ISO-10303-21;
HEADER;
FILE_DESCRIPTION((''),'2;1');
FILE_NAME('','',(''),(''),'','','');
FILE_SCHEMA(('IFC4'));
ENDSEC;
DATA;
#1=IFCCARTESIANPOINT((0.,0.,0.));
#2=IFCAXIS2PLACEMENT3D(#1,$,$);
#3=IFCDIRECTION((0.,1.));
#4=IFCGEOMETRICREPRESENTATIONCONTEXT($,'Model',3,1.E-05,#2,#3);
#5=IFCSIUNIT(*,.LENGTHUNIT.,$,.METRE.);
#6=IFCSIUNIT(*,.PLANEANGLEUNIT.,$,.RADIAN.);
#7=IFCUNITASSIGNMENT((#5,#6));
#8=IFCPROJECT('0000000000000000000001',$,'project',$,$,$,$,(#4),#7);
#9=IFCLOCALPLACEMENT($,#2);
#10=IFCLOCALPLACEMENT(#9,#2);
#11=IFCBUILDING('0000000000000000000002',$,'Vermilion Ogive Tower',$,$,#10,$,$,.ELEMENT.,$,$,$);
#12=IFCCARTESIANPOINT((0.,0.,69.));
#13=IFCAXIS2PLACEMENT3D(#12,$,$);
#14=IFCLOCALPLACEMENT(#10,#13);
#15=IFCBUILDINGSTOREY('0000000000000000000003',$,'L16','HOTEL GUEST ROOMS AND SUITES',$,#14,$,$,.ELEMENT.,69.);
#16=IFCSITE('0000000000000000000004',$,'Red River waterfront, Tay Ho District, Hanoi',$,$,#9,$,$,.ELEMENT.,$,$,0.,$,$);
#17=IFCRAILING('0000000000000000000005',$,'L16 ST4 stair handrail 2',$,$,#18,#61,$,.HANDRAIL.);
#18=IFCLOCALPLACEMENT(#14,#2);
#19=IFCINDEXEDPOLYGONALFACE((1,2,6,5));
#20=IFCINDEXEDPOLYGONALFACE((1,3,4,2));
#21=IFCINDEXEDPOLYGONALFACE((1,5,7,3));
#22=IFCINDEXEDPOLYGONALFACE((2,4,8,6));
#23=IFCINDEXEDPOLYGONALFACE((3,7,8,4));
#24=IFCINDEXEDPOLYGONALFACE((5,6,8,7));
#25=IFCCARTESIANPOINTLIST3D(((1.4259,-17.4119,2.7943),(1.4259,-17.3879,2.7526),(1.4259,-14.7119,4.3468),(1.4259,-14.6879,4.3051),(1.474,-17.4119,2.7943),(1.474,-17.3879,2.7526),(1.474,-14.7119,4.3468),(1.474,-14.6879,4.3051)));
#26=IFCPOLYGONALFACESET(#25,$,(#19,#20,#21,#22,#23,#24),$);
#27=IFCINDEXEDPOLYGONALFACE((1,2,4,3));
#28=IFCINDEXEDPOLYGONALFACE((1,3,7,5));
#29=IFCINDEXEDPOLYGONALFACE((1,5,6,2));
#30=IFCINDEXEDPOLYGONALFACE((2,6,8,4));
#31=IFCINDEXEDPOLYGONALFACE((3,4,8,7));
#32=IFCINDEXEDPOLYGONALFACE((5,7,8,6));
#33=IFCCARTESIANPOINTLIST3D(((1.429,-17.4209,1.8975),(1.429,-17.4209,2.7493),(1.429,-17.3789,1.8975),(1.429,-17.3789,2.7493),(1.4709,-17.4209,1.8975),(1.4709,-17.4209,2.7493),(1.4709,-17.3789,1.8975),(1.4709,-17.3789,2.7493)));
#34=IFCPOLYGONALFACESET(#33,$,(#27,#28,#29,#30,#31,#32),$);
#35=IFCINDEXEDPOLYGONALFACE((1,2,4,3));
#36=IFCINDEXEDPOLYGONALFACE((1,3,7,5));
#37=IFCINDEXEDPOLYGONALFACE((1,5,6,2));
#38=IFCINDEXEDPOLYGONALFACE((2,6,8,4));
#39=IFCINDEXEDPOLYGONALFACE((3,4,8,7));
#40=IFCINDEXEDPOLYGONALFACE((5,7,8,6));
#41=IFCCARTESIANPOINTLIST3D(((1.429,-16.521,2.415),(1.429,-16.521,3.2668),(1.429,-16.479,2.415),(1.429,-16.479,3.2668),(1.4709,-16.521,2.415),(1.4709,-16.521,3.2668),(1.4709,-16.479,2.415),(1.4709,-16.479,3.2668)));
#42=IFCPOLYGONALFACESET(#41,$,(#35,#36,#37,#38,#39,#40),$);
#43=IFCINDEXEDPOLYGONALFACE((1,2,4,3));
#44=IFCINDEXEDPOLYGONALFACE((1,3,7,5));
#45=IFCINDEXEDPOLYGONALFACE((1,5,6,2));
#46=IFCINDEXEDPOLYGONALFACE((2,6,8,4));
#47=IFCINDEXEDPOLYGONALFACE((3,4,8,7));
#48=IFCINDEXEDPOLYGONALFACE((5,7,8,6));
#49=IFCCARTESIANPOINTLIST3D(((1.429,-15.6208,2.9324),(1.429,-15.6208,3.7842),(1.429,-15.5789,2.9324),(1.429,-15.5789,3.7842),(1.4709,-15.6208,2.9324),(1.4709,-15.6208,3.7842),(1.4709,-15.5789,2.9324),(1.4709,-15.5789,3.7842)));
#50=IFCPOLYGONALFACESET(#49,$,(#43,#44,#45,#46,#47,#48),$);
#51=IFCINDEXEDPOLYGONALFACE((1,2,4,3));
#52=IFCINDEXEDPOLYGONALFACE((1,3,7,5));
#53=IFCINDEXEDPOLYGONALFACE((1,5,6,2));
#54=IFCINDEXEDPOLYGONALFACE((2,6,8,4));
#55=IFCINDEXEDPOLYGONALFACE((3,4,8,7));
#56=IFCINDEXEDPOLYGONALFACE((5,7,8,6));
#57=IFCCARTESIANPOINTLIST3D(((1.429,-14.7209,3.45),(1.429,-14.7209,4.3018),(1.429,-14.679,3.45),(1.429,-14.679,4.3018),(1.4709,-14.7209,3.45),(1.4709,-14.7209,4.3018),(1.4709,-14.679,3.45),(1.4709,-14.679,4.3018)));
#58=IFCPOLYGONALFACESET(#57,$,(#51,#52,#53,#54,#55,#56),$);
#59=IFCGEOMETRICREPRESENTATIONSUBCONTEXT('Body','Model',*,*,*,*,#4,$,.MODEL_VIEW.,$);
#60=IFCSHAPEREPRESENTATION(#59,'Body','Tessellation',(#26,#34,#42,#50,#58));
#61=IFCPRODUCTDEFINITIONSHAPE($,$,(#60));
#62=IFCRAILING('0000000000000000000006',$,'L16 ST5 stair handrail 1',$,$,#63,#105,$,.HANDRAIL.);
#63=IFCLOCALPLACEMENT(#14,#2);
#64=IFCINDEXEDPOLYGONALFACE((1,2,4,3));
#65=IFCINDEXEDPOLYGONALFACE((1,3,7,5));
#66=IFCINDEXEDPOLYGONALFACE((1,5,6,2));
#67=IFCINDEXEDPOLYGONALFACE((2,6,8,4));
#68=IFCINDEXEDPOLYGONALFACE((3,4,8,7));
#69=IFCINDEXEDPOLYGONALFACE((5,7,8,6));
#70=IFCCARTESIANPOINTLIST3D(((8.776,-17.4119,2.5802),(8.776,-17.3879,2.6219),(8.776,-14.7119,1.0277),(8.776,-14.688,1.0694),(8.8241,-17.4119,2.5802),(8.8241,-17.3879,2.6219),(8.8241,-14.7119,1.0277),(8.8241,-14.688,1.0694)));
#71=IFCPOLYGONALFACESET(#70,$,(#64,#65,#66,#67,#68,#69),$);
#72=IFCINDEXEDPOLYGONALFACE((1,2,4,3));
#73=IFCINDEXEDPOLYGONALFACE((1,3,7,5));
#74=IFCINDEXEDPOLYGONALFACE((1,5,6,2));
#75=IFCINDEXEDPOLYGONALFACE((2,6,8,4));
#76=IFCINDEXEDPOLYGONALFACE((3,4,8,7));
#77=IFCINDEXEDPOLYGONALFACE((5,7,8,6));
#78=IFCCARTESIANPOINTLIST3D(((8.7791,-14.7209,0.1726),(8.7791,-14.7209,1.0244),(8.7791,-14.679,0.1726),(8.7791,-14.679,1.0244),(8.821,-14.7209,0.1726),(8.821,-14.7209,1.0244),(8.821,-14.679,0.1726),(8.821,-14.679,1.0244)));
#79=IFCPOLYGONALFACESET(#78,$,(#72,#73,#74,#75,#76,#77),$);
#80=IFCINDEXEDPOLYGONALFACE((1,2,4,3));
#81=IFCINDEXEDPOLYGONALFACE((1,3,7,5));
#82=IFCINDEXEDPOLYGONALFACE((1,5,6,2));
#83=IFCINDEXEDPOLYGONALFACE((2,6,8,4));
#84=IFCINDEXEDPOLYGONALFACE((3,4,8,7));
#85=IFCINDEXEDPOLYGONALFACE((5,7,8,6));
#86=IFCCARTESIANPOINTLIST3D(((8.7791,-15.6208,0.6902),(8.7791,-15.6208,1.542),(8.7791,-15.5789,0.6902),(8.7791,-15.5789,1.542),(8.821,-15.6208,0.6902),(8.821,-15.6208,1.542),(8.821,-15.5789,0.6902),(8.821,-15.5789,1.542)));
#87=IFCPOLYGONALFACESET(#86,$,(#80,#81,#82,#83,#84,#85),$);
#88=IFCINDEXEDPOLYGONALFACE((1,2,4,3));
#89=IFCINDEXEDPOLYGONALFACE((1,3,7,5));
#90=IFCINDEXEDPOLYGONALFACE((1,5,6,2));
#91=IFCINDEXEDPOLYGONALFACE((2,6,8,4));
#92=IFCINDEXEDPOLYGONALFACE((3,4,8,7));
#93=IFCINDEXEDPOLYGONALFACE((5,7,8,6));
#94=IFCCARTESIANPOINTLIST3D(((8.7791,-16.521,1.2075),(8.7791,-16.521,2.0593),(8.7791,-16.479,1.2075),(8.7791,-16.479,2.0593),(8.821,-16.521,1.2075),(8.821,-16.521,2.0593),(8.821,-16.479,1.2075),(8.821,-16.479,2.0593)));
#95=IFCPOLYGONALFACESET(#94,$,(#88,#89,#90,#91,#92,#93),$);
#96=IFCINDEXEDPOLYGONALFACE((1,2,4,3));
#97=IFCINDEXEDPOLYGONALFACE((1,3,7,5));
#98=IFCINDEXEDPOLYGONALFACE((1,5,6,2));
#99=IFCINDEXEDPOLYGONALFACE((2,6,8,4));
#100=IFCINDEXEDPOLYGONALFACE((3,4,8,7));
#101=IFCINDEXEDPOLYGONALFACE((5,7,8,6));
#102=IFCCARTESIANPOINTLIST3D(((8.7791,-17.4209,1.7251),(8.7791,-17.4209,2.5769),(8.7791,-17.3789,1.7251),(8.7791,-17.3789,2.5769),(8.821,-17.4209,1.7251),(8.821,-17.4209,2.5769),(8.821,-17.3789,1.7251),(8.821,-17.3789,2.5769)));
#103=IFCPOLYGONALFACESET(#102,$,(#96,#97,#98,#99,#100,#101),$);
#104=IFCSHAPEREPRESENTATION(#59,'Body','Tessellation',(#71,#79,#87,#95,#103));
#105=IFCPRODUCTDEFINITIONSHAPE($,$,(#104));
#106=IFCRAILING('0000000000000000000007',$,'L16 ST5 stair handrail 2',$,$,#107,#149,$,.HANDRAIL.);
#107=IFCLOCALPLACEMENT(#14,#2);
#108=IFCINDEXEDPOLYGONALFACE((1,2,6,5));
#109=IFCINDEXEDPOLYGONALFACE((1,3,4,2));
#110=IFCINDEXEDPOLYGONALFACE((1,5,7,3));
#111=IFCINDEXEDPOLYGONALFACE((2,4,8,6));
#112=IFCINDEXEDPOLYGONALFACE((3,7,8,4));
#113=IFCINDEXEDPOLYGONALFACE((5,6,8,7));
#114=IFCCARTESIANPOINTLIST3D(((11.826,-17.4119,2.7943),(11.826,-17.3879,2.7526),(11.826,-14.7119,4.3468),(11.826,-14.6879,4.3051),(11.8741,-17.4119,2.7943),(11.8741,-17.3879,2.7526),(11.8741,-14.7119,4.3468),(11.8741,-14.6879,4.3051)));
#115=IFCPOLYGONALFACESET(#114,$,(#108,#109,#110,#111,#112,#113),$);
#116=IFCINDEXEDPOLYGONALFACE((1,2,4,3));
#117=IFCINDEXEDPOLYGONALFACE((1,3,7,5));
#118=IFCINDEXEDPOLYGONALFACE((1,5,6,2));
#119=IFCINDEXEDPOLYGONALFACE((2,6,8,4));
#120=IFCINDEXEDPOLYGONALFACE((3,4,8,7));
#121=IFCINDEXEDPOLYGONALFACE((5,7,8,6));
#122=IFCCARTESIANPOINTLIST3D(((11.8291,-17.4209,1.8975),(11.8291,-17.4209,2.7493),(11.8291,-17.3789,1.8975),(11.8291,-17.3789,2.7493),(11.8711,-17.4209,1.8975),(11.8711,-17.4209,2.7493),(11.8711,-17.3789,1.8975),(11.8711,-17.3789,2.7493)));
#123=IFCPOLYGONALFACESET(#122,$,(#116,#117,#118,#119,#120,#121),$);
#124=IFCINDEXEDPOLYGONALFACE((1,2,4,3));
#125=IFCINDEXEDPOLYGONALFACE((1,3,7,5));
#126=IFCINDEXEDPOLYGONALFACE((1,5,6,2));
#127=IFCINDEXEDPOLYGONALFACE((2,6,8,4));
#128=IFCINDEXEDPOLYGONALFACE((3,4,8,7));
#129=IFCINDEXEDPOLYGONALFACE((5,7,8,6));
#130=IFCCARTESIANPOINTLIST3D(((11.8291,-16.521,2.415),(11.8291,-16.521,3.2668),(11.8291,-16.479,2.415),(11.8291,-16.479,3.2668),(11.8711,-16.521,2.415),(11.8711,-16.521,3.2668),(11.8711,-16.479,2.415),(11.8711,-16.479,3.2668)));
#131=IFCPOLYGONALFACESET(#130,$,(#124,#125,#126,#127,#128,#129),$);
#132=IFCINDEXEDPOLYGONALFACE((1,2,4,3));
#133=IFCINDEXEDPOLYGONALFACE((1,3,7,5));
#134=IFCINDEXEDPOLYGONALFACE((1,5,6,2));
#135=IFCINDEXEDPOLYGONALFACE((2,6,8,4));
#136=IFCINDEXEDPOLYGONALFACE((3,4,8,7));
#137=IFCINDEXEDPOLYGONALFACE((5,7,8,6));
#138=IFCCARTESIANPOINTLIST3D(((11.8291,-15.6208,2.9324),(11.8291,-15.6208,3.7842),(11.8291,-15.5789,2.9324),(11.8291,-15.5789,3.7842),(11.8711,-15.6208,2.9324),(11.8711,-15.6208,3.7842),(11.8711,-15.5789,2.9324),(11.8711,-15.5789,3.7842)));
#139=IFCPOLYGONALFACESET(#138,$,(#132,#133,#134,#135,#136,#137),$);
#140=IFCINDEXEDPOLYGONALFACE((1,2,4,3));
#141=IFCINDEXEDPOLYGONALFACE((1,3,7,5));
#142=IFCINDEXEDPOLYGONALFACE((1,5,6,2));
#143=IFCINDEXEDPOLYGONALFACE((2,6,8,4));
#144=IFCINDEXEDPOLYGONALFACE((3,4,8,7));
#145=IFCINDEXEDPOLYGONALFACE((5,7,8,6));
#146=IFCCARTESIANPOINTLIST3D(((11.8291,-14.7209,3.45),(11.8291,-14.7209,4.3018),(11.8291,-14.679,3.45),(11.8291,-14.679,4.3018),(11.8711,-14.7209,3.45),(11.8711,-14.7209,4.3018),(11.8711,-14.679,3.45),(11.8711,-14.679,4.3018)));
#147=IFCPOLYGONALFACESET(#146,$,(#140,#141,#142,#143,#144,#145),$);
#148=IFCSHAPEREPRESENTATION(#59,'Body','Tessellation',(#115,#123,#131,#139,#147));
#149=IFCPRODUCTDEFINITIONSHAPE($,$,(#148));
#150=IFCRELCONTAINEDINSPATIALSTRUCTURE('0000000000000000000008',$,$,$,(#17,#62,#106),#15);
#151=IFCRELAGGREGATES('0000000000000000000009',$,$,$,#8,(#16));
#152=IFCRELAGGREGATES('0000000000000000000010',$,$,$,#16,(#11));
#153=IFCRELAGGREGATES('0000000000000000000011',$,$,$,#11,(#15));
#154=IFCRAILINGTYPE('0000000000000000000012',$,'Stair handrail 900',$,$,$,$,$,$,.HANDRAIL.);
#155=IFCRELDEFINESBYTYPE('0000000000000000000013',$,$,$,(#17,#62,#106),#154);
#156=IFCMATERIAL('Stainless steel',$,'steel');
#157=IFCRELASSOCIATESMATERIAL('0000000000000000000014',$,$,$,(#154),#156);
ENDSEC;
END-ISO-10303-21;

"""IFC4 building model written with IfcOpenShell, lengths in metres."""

from ifc_helpers import new_model, si_unit, direction, frame, origin, origin_2d, place, context, subcontext, project, spatial, rectangle, extrude, material, type_object, element, save


model = new_model("IFC4")

# Units and contexts
model_context = context("Model", 3, precision=1e-05, world=origin(), true_north=direction((0.0, 1.0)))
body_context = subcontext(model_context, "Body", "Model", "MODEL_VIEW")
ifc_project = project(units=[si_unit("LENGTHUNIT", "METRE"), si_unit("PLANEANGLEUNIT", "RADIAN")], contexts=[model_context])

# Site, building, storey
site_placement = place(None, origin())
site = spatial("IfcSite", under=ifc_project, at=site_placement, Name="Red River waterfront, Tay Ho District, Hanoi", CompositionType="ELEMENT", RefElevation=0.0)
building_placement = place(site_placement, origin())
building = spatial("IfcBuilding", under=site, at=building_placement, Name="Vermilion Ogive Tower", CompositionType="ELEMENT")
storey_placement = place(building_placement, frame((0.0, 0.0, 69.0)))
storey = spatial("IfcBuildingStorey", under=building, at=storey_placement, Name="L16", Description="HOTEL GUEST ROOMS AND SUITES", CompositionType="ELEMENT", Elevation=69.0)

# Railings
ifc_material_1 = material(Name="Stainless steel", Category="steel")
railing_type = type_object("IfcRailingType", Name="Stair handrail 900", PredefinedType="HANDRAIL", material=ifc_material_1)
railing_1_placement = place(storey_placement, frame((1.45, -17.3999, 1.8975)))
element("IfcRailing", 1, at=railing_1_placement, inside=storey, type_object=railing_type, Name="L16 ST4 stair handrail 2", PredefinedType="HANDRAIL", context=body_context, shape_type="SweptSolid", body=[
    extrude(rectangle(XDim=0.0481, YDim=0.0481, at=origin_2d()), frame((0.0, 0.0, 0.876), z_axis=(0.0, 0.866904, 0.498476), x_axis=(-1.0, 0.0, 0.0)), (0.0, 0.0, 1.0), 3.1145),
    extrude(rectangle(XDim=0.042, YDim=0.042, at=origin_2d()), origin(), (0.0, 0.0, 1.0), 0.8518),
    extrude(rectangle(XDim=0.042, YDim=0.042, at=origin_2d()), frame((0.0, 0.8999, 0.5176)), (0.0, 0.0, 1.0), 0.8518),
    extrude(rectangle(XDim=0.042, YDim=0.042, at=origin_2d()), frame((0.0, 1.8, 1.0349)), (0.0, 0.0, 1.0), 0.8518),
    extrude(rectangle(XDim=0.042, YDim=0.042, at=origin_2d()), frame((0.0, 2.7, 1.5525)), (0.0, 0.0, 1.0), 0.8518),
])
railing_2_placement = place(storey_placement, frame((8.8, -14.7, 0.1726)))
element("IfcRailing", 2, at=railing_2_placement, inside=storey, type_object=railing_type, Name="L16 ST5 stair handrail 1", PredefinedType="HANDRAIL", context=body_context, shape_type="SweptSolid", body=[
    extrude(rectangle(XDim=0.0481, YDim=0.0481, at=origin_2d()), frame((0.0, 0.0, 0.876), z_axis=(0.0, -0.866904, 0.498476), x_axis=(1.0, 0.0, 0.0)), (0.0, 0.0, 1.0), 3.1145),
    extrude(rectangle(XDim=0.042, YDim=0.042, at=origin_2d()), origin(), (0.0, 0.0, 1.0), 0.8518),
    extrude(rectangle(XDim=0.042, YDim=0.042, at=origin_2d()), frame((0.0, -0.8999, 0.5176)), (0.0, 0.0, 1.0), 0.8518),
    extrude(rectangle(XDim=0.042, YDim=0.042, at=origin_2d()), frame((0.0, -1.8, 1.0349)), (0.0, 0.0, 1.0), 0.8518),
    extrude(rectangle(XDim=0.042, YDim=0.042, at=origin_2d()), frame((0.0, -2.7, 1.5525)), (0.0, 0.0, 1.0), 0.8518),
])
railing_3_placement = place(storey_placement, frame((11.8501, -17.3999, 1.8975)))
element("IfcRailing", 3, at=railing_3_placement, inside=storey, type_object=railing_type, Name="L16 ST5 stair handrail 2", PredefinedType="HANDRAIL", context=body_context, shape_type="SweptSolid", body=[
    extrude(rectangle(XDim=0.0481, YDim=0.0481, at=origin_2d()), frame((0.0, 0.0, 0.876), z_axis=(0.0, 0.866904, 0.498476), x_axis=(-1.0, 0.0, 0.0)), (0.0, 0.0, 1.0), 3.1145),
    extrude(rectangle(XDim=0.042, YDim=0.042, at=origin_2d()), origin(), (0.0, 0.0, 1.0), 0.8518),
    extrude(rectangle(XDim=0.042, YDim=0.042, at=origin_2d()), frame((0.0, 0.8999, 0.5176)), (0.0, 0.0, 1.0), 0.8518),
    extrude(rectangle(XDim=0.042, YDim=0.042, at=origin_2d()), frame((0.0, 1.8, 1.0349)), (0.0, 0.0, 1.0), 0.8518),
    extrude(rectangle(XDim=0.042, YDim=0.042, at=origin_2d()), frame((0.0, 2.7, 1.5525)), (0.0, 0.0, 1.0), 0.8518),
])

save(model, "model.ifc")
